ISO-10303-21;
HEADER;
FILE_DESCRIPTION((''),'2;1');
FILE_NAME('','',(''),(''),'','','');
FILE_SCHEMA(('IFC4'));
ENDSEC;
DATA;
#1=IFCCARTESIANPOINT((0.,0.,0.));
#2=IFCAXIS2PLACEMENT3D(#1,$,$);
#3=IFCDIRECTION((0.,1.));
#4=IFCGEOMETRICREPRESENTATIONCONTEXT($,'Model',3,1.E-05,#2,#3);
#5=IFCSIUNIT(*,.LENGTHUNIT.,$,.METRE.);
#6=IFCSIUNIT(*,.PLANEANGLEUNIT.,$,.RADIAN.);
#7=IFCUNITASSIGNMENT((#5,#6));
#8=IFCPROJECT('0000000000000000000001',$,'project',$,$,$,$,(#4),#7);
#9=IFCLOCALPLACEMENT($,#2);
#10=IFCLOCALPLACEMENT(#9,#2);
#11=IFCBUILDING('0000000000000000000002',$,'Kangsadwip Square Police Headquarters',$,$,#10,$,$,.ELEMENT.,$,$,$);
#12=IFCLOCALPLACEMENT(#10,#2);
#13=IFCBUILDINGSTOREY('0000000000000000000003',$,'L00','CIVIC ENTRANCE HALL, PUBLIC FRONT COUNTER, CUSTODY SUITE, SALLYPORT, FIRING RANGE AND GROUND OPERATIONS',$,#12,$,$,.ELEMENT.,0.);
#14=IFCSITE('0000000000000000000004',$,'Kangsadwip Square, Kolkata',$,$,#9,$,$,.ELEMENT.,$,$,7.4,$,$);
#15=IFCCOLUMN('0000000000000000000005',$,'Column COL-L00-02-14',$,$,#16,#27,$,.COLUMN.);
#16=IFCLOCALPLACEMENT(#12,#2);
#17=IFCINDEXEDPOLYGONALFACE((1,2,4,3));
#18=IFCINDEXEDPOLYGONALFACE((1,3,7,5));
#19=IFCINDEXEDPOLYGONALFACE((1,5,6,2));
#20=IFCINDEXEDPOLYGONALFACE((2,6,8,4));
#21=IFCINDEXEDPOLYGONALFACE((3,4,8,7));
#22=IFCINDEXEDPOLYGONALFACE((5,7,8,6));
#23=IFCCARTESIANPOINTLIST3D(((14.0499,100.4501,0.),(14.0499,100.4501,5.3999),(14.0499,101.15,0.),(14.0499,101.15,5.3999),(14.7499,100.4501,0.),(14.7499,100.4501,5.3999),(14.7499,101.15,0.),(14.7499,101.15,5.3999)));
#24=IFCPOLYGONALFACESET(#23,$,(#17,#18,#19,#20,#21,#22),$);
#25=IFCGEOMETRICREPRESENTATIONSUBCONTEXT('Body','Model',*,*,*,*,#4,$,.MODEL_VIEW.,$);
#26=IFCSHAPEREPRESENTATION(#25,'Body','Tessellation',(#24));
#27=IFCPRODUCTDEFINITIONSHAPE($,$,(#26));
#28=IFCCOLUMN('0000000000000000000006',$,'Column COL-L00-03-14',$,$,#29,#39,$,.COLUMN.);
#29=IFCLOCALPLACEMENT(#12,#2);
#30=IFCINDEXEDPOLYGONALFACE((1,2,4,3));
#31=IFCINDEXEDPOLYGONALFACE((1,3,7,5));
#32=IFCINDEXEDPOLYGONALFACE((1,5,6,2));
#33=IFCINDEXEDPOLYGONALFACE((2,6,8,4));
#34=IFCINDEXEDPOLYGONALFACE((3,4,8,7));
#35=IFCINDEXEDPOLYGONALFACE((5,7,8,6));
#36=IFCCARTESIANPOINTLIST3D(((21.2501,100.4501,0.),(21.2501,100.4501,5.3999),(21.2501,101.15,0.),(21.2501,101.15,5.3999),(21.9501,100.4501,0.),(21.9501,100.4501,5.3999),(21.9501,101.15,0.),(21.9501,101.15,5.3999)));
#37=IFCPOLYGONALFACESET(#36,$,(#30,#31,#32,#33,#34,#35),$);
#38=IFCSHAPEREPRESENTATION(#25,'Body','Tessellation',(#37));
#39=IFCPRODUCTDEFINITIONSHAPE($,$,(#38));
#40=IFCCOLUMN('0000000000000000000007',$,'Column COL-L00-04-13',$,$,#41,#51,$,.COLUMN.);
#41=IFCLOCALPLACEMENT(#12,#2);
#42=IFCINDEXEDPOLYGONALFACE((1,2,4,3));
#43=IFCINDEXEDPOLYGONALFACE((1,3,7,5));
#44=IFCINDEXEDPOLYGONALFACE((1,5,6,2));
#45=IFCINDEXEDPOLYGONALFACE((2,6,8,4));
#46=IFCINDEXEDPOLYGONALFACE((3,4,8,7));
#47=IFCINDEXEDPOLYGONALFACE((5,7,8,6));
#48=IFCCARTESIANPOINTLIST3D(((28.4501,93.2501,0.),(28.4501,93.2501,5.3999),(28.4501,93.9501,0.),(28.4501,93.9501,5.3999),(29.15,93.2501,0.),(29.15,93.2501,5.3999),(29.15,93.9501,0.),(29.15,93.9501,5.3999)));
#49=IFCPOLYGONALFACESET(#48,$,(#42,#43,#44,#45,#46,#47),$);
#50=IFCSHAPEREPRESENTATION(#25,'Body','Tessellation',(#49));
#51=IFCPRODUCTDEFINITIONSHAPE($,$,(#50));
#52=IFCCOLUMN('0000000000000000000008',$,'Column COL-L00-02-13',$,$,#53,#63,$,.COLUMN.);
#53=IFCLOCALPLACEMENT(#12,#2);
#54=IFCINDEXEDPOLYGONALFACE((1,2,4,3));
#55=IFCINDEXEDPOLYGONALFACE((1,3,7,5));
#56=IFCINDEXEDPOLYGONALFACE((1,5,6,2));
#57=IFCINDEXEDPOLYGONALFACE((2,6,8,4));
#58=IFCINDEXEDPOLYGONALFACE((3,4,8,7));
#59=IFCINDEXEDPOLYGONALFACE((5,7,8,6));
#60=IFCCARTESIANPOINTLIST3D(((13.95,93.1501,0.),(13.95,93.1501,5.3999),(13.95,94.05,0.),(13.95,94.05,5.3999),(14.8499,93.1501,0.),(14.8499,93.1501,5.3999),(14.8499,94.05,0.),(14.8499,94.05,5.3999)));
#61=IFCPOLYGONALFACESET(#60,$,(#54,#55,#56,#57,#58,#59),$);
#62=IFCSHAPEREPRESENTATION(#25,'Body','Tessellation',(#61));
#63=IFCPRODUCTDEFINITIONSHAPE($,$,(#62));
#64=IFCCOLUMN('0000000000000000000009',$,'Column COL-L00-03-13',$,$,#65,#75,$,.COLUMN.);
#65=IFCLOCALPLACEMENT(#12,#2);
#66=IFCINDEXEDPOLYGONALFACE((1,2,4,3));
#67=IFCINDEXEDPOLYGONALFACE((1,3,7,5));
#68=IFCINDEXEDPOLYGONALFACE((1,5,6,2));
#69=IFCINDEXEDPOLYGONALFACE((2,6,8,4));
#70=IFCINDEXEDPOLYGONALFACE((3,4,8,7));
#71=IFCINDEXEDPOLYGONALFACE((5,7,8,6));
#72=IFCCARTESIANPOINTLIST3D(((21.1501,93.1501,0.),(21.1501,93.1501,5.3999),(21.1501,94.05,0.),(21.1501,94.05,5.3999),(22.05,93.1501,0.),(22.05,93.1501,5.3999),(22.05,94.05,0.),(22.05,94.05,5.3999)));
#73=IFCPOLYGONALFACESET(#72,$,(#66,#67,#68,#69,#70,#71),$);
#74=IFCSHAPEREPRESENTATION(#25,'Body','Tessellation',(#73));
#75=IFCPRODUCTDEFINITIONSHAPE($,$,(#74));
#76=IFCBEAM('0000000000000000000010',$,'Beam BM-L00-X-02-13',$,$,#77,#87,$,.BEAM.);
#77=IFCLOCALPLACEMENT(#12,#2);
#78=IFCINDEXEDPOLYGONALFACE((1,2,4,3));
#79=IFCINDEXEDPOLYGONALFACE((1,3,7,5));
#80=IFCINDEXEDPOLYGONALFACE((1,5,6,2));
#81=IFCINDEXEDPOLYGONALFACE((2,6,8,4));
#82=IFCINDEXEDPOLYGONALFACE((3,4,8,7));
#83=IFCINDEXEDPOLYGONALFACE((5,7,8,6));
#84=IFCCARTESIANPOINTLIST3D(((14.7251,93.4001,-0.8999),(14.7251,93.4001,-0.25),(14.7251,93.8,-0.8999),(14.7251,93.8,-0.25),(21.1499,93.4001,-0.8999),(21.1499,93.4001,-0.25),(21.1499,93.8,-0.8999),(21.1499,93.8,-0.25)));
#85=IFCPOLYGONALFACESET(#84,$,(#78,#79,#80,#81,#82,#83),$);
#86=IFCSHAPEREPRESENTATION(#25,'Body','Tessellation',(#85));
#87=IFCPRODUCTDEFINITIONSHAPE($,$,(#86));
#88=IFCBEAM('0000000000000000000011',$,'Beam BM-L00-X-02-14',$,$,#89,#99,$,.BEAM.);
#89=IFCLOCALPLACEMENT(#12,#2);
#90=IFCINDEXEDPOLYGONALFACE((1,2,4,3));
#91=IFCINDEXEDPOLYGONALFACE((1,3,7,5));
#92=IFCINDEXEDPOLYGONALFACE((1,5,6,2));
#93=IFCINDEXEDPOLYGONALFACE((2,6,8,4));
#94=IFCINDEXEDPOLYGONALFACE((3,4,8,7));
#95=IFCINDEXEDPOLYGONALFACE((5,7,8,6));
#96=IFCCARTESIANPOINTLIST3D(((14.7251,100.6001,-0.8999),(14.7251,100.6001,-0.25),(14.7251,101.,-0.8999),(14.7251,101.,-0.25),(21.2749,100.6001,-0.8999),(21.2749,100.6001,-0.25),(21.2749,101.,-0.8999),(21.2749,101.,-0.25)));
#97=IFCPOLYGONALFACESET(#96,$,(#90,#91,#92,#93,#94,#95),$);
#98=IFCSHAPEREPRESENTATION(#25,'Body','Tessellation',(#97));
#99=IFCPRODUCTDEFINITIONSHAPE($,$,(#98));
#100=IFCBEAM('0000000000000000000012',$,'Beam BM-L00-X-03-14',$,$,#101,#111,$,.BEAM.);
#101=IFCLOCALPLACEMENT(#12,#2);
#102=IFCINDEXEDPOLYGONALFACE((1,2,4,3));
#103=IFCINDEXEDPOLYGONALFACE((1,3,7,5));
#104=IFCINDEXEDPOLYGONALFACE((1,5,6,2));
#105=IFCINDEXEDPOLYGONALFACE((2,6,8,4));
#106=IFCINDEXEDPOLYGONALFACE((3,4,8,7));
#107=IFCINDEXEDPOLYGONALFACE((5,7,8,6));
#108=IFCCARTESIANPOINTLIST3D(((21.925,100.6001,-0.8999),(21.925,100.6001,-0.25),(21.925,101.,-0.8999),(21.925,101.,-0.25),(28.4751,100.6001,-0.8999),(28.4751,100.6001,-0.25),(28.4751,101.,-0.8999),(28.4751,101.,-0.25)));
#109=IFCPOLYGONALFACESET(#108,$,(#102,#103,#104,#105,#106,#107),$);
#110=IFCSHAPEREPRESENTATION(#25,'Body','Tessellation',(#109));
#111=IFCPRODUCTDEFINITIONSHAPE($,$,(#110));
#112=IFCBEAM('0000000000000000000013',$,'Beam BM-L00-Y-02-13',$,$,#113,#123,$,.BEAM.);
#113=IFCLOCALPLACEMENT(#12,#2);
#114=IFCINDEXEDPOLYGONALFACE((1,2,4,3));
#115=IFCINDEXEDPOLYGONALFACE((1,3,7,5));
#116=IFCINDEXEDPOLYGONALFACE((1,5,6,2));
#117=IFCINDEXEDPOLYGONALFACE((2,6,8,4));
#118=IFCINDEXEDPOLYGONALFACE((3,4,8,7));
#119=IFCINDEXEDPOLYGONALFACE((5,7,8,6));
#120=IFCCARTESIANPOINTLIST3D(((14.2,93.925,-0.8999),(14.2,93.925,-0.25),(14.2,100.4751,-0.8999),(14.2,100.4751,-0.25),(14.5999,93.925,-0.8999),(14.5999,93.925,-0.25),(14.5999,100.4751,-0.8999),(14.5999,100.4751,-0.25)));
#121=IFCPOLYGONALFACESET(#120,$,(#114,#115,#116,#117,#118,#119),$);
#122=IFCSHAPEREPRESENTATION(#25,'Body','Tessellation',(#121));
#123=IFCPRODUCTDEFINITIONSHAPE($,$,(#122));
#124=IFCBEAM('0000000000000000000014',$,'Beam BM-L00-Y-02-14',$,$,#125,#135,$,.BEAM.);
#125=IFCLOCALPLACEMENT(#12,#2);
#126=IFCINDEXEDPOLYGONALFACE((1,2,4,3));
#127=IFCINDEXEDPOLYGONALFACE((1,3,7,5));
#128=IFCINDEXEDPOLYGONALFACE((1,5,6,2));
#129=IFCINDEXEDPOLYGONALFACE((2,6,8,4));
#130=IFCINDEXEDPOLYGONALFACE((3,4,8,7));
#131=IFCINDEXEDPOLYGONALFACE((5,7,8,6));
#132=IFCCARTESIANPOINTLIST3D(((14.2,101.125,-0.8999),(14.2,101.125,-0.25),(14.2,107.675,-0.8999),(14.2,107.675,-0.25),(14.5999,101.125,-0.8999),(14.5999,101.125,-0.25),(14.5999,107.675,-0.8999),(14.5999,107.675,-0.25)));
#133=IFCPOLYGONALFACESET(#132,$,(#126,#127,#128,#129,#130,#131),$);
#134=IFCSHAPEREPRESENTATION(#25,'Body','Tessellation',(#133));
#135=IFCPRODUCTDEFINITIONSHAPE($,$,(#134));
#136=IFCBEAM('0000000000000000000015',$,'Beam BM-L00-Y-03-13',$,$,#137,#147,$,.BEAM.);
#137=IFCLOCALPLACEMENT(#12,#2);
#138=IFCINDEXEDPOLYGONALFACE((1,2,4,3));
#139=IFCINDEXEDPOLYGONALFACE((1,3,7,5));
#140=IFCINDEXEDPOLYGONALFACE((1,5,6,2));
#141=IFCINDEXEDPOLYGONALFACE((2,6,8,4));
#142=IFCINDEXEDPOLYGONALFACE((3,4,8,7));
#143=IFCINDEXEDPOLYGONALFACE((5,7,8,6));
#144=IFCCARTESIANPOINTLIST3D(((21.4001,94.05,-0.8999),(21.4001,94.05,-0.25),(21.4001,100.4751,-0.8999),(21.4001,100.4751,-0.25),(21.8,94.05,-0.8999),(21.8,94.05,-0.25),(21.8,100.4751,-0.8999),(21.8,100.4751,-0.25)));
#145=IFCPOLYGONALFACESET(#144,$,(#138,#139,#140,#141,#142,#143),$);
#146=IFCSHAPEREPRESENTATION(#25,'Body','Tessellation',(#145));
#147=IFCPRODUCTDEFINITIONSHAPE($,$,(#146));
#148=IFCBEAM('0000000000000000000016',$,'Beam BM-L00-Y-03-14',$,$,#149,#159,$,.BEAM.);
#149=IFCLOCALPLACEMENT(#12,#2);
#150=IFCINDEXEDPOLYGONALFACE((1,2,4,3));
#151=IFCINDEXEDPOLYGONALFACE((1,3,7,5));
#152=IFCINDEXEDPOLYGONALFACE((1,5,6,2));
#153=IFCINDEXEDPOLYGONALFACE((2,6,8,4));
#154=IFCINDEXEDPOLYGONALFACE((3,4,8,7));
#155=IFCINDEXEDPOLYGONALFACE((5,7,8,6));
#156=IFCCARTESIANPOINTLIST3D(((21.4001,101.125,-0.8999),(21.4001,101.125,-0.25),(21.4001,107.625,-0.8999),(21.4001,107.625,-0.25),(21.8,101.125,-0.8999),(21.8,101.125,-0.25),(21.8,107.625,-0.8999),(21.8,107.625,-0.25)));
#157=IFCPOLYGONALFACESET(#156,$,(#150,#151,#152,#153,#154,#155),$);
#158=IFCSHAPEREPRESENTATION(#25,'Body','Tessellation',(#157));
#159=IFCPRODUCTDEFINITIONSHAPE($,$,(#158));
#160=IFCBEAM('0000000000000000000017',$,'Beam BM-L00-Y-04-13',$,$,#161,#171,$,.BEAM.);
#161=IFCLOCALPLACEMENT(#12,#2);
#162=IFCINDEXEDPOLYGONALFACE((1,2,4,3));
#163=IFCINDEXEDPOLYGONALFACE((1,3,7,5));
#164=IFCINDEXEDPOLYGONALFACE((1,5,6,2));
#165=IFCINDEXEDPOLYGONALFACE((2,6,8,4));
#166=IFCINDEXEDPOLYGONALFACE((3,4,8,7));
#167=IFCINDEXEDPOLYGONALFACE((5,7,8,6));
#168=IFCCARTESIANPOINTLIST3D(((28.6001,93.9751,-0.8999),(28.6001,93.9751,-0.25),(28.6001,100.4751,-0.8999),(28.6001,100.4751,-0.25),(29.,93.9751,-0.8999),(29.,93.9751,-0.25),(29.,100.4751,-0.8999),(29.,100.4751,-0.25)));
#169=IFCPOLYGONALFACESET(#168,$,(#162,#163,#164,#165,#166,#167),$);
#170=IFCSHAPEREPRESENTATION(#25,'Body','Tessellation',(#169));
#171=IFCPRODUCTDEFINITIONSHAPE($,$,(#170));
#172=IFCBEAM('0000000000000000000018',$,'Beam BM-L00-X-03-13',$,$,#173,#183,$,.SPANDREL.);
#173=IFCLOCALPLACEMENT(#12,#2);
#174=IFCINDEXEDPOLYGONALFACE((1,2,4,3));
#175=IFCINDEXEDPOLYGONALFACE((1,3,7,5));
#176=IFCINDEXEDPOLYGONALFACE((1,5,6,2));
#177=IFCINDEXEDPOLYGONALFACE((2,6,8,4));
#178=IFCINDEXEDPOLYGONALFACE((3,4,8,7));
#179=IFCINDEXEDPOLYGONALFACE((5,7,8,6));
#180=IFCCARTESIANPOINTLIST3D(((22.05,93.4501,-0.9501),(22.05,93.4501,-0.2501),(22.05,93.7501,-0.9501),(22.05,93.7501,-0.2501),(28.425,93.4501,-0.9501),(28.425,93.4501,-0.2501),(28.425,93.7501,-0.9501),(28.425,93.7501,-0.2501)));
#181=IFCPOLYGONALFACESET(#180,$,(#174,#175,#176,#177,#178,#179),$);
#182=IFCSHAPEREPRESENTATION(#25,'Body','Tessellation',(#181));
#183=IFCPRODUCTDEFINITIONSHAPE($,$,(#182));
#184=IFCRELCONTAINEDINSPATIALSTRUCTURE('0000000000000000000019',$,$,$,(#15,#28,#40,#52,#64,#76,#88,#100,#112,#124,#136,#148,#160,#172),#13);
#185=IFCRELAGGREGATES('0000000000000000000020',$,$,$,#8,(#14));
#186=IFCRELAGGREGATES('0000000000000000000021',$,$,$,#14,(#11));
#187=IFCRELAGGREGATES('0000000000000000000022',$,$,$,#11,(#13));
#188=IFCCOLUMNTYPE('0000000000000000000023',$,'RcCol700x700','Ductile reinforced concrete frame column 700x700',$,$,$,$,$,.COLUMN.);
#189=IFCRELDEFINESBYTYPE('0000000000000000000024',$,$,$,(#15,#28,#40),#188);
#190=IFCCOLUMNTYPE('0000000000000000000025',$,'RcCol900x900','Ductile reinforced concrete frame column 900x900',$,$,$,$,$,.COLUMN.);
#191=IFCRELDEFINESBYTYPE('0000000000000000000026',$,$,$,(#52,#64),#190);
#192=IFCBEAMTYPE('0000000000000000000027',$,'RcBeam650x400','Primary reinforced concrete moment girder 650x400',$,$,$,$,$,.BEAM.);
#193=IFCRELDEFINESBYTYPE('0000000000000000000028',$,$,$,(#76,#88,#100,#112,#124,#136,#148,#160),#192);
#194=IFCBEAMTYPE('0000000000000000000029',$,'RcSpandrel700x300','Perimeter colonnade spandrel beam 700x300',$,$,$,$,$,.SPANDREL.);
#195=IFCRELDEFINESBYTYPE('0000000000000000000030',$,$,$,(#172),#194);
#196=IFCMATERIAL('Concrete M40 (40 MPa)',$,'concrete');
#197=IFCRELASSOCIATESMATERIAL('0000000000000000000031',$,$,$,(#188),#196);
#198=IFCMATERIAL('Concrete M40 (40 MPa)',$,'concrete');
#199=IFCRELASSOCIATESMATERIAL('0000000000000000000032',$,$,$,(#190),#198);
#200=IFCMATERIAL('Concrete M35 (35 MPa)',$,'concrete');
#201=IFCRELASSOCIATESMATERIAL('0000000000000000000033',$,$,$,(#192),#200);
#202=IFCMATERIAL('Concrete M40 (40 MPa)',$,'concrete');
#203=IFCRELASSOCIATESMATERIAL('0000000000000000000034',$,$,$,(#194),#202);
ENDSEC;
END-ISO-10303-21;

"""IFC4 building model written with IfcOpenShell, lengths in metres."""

from ifc_helpers import new_model, si_unit, direction, frame, origin, origin_2d, place, context, subcontext, project, spatial, rectangle, extrude, material, material_profile, profile_set, type_object, element, save


model = new_model("IFC4")

# Units and contexts
model_context = context("Model", 3, precision=1e-05, world=origin(), true_north=direction((0.0, 1.0)))
body_context = subcontext(model_context, "Body", "Model", "MODEL_VIEW")
ifc_project = project(units=[si_unit("LENGTHUNIT", "METRE"), si_unit("PLANEANGLEUNIT", "RADIAN")], contexts=[model_context])

# Site, building, storey
site_placement = place(None, origin())
site = spatial("IfcSite", under=ifc_project, at=site_placement, Name="Kangsadwip Square, Kolkata", CompositionType="ELEMENT", RefElevation=7.4)
building_placement = place(site_placement, origin())
building = spatial("IfcBuilding", under=site, at=building_placement, Name="Kangsadwip Square Police Headquarters", CompositionType="ELEMENT")
storey_placement = place(building_placement, origin())
storey = spatial("IfcBuildingStorey", under=building, at=storey_placement, Name="L00", Description="CIVIC ENTRANCE HALL, PUBLIC FRONT COUNTER, CUSTODY SUITE, SALLYPORT, FIRING RANGE AND GROUND OPERATIONS", CompositionType="ELEMENT", Elevation=0.0)

# Columns
ifc_material_1 = material(Name="Concrete M40 (40 MPa)", Category="concrete")
ifc_material_profile_1 = material_profile(ifc_material_1, rectangle(XDim=0.7, YDim=0.7, at=origin_2d()), Name="RC COL 700X700")
ifc_profile_set_1 = profile_set([ifc_material_profile_1], Name="Concrete M40 (40 MPa)")
column_type_1 = type_object("IfcColumnType", Name="RcCol700x700", Description="Ductile reinforced concrete frame column 700x700", PredefinedType="COLUMN", material=ifc_profile_set_1)
for number, where, z_axis, x_axis, name in (
    (1, (14.3999, 100.8, 0.0), (0.0, 0.0, 1.0), (1.0, 0.0, 0.0), "Column COL-L00-02-14"),
    (2, (21.6001, 100.8, 0.0), (0.0, 0.0, 1.0), (1.0, 0.0, 0.0), "Column COL-L00-03-14"),
    (3, (28.8, 93.6001, 0.0), (0.0, 0.0, 1.0), (1.0, 0.0, 0.0), "Column COL-L00-04-13"),
):
    element("IfcColumn", number, at=place(storey_placement, frame(where, z_axis=z_axis, x_axis=x_axis)), inside=storey, type_object=column_type_1, Name=name, PredefinedType="COLUMN", context=body_context, shape_type="SweptSolid", body=[
        extrude(rectangle(XDim=0.7, YDim=0.7, at=origin_2d()), origin(), (0.0, 0.0, 1.0), 5.3999),
    ])
ifc_material_2 = material(Name="Concrete M40 (40 MPa)", Category="concrete")
ifc_material_profile_2 = material_profile(ifc_material_2, rectangle(XDim=0.8999, YDim=0.8999, at=origin_2d()), Name="RC COL 900X900")
ifc_profile_set_2 = profile_set([ifc_material_profile_2], Name="Concrete M40 (40 MPa)")
column_type_2 = type_object("IfcColumnType", Name="RcCol900x900", Description="Ductile reinforced concrete frame column 900x900", PredefinedType="COLUMN", material=ifc_profile_set_2)
for number, where, z_axis, x_axis, name in (
    (4, (14.3999, 93.6001, 0.0), (0.0, 0.0, 1.0), (1.0, 0.0, 0.0), "Column COL-L00-02-13"),
    (5, (21.6001, 93.6001, 0.0), (0.0, 0.0, 1.0), (1.0, 0.0, 0.0), "Column COL-L00-03-13"),
):
    element("IfcColumn", number, at=place(storey_placement, frame(where, z_axis=z_axis, x_axis=x_axis)), inside=storey, type_object=column_type_2, Name=name, PredefinedType="COLUMN", context=body_context, shape_type="SweptSolid", body=[
        extrude(rectangle(XDim=0.8999, YDim=0.8999, at=origin_2d()), origin(), (0.0, 0.0, 1.0), 5.3999),
    ])

# Beams
ifc_material_3 = material(Name="Concrete M35 (35 MPa)", Category="concrete")
ifc_material_profile_3 = material_profile(ifc_material_3, rectangle(XDim=0.3999, YDim=0.6499, at=origin_2d()), Name="RC BM 650X400")
ifc_profile_set_3 = profile_set([ifc_material_profile_3], Name="Concrete M35 (35 MPa)")
beam_type_1 = type_object("IfcBeamType", Name="RcBeam650x400", Description="Primary reinforced concrete moment girder 650x400", PredefinedType="BEAM", material=ifc_profile_set_3)
beam_1_placement = place(storey_placement, frame((14.7251, 93.6001, -0.575), z_axis=(1.0, 0.0, 0.0), x_axis=(0.0, 1.0, 0.0)))
element("IfcBeam", 6, at=beam_1_placement, inside=storey, type_object=beam_type_1, Name="Beam BM-L00-X-02-13", PredefinedType="BEAM", context=body_context, shape_type="SweptSolid", body=[
    extrude(rectangle(XDim=0.3999, YDim=0.6499, at=origin_2d()), origin(), (0.0, 0.0, 1.0), 6.4248),
])
beam_2_placement = place(storey_placement, frame((14.7251, 100.8, -0.575), z_axis=(1.0, 0.0, 0.0), x_axis=(0.0, 1.0, 0.0)))
element("IfcBeam", 7, at=beam_2_placement, inside=storey, type_object=beam_type_1, Name="Beam BM-L00-X-02-14", PredefinedType="BEAM", context=body_context, shape_type="SweptSolid", body=[
    extrude(rectangle(XDim=0.3999, YDim=0.6499, at=origin_2d()), origin(), (0.0, 0.0, 1.0), 6.5498),
])
for number, where, z_axis, x_axis, name in (
    (8, (21.925, 100.8, -0.575), (1.0, 0.0, 0.0), (0.0, 1.0, 0.0), "Beam BM-L00-X-03-14"),
    (9, (14.3999, 93.925, -0.575), (0.0, 1.0, 0.0), (-1.0, 0.0, 0.0), "Beam BM-L00-Y-02-13"),
    (10, (14.3999, 101.125, -0.575), (0.0, 1.0, 0.0), (-1.0, 0.0, 0.0), "Beam BM-L00-Y-02-14"),
):
    element("IfcBeam", number, at=place(storey_placement, frame(where, z_axis=z_axis, x_axis=x_axis)), inside=storey, type_object=beam_type_1, Name=name, PredefinedType="BEAM", context=body_context, shape_type="SweptSolid", body=[
        extrude(rectangle(XDim=0.3999, YDim=0.6499, at=origin_2d()), origin(), (0.0, 0.0, 1.0), 6.55),
    ])
beam_3_placement = place(storey_placement, frame((21.6001, 94.05, -0.575), z_axis=(0.0, 1.0, 0.0), x_axis=(-1.0, 0.0, 0.0)))
element("IfcBeam", 11, at=beam_3_placement, inside=storey, type_object=beam_type_1, Name="Beam BM-L00-Y-03-13", PredefinedType="BEAM", context=body_context, shape_type="SweptSolid", body=[
    extrude(rectangle(XDim=0.3999, YDim=0.6499, at=origin_2d()), origin(), (0.0, 0.0, 1.0), 6.425),
])
for number, where, z_axis, x_axis, name in (
    (12, (21.6001, 101.125, -0.575), (0.0, 1.0, 0.0), (-1.0, 0.0, 0.0), "Beam BM-L00-Y-03-14"),
    (13, (28.8, 93.9751, -0.575), (0.0, 1.0, 0.0), (-1.0, 0.0, 0.0), "Beam BM-L00-Y-04-13"),
):
    element("IfcBeam", number, at=place(storey_placement, frame(where, z_axis=z_axis, x_axis=x_axis)), inside=storey, type_object=beam_type_1, Name=name, PredefinedType="BEAM", context=body_context, shape_type="SweptSolid", body=[
        extrude(rectangle(XDim=0.3999, YDim=0.6499, at=origin_2d()), origin(), (0.0, 0.0, 1.0), 6.5),
    ])
ifc_material_4 = material(Name="Concrete M40 (40 MPa)", Category="concrete")
ifc_material_profile_4 = material_profile(ifc_material_4, rectangle(XDim=0.3, YDim=0.7, at=origin_2d()), Name="RC SPN 700X300")
ifc_profile_set_4 = profile_set([ifc_material_profile_4], Name="Concrete M40 (40 MPa)")
beam_type_2 = type_object("IfcBeamType", Name="RcSpandrel700x300", Description="Perimeter colonnade spandrel beam 700x300", PredefinedType="SPANDREL", material=ifc_profile_set_4)
beam_4_placement = place(storey_placement, frame((22.05, 93.6001, -0.6001), z_axis=(1.0, 0.0, 0.0), x_axis=(0.0, 1.0, 0.0)))
element("IfcBeam", 14, at=beam_4_placement, inside=storey, type_object=beam_type_2, Name="Beam BM-L00-X-03-13", PredefinedType="SPANDREL", context=body_context, shape_type="SweptSolid", body=[
    extrude(rectangle(XDim=0.3, YDim=0.7, at=origin_2d()), origin(), (0.0, 0.0, 1.0), 6.375),
])

save(model, "model.ifc")
